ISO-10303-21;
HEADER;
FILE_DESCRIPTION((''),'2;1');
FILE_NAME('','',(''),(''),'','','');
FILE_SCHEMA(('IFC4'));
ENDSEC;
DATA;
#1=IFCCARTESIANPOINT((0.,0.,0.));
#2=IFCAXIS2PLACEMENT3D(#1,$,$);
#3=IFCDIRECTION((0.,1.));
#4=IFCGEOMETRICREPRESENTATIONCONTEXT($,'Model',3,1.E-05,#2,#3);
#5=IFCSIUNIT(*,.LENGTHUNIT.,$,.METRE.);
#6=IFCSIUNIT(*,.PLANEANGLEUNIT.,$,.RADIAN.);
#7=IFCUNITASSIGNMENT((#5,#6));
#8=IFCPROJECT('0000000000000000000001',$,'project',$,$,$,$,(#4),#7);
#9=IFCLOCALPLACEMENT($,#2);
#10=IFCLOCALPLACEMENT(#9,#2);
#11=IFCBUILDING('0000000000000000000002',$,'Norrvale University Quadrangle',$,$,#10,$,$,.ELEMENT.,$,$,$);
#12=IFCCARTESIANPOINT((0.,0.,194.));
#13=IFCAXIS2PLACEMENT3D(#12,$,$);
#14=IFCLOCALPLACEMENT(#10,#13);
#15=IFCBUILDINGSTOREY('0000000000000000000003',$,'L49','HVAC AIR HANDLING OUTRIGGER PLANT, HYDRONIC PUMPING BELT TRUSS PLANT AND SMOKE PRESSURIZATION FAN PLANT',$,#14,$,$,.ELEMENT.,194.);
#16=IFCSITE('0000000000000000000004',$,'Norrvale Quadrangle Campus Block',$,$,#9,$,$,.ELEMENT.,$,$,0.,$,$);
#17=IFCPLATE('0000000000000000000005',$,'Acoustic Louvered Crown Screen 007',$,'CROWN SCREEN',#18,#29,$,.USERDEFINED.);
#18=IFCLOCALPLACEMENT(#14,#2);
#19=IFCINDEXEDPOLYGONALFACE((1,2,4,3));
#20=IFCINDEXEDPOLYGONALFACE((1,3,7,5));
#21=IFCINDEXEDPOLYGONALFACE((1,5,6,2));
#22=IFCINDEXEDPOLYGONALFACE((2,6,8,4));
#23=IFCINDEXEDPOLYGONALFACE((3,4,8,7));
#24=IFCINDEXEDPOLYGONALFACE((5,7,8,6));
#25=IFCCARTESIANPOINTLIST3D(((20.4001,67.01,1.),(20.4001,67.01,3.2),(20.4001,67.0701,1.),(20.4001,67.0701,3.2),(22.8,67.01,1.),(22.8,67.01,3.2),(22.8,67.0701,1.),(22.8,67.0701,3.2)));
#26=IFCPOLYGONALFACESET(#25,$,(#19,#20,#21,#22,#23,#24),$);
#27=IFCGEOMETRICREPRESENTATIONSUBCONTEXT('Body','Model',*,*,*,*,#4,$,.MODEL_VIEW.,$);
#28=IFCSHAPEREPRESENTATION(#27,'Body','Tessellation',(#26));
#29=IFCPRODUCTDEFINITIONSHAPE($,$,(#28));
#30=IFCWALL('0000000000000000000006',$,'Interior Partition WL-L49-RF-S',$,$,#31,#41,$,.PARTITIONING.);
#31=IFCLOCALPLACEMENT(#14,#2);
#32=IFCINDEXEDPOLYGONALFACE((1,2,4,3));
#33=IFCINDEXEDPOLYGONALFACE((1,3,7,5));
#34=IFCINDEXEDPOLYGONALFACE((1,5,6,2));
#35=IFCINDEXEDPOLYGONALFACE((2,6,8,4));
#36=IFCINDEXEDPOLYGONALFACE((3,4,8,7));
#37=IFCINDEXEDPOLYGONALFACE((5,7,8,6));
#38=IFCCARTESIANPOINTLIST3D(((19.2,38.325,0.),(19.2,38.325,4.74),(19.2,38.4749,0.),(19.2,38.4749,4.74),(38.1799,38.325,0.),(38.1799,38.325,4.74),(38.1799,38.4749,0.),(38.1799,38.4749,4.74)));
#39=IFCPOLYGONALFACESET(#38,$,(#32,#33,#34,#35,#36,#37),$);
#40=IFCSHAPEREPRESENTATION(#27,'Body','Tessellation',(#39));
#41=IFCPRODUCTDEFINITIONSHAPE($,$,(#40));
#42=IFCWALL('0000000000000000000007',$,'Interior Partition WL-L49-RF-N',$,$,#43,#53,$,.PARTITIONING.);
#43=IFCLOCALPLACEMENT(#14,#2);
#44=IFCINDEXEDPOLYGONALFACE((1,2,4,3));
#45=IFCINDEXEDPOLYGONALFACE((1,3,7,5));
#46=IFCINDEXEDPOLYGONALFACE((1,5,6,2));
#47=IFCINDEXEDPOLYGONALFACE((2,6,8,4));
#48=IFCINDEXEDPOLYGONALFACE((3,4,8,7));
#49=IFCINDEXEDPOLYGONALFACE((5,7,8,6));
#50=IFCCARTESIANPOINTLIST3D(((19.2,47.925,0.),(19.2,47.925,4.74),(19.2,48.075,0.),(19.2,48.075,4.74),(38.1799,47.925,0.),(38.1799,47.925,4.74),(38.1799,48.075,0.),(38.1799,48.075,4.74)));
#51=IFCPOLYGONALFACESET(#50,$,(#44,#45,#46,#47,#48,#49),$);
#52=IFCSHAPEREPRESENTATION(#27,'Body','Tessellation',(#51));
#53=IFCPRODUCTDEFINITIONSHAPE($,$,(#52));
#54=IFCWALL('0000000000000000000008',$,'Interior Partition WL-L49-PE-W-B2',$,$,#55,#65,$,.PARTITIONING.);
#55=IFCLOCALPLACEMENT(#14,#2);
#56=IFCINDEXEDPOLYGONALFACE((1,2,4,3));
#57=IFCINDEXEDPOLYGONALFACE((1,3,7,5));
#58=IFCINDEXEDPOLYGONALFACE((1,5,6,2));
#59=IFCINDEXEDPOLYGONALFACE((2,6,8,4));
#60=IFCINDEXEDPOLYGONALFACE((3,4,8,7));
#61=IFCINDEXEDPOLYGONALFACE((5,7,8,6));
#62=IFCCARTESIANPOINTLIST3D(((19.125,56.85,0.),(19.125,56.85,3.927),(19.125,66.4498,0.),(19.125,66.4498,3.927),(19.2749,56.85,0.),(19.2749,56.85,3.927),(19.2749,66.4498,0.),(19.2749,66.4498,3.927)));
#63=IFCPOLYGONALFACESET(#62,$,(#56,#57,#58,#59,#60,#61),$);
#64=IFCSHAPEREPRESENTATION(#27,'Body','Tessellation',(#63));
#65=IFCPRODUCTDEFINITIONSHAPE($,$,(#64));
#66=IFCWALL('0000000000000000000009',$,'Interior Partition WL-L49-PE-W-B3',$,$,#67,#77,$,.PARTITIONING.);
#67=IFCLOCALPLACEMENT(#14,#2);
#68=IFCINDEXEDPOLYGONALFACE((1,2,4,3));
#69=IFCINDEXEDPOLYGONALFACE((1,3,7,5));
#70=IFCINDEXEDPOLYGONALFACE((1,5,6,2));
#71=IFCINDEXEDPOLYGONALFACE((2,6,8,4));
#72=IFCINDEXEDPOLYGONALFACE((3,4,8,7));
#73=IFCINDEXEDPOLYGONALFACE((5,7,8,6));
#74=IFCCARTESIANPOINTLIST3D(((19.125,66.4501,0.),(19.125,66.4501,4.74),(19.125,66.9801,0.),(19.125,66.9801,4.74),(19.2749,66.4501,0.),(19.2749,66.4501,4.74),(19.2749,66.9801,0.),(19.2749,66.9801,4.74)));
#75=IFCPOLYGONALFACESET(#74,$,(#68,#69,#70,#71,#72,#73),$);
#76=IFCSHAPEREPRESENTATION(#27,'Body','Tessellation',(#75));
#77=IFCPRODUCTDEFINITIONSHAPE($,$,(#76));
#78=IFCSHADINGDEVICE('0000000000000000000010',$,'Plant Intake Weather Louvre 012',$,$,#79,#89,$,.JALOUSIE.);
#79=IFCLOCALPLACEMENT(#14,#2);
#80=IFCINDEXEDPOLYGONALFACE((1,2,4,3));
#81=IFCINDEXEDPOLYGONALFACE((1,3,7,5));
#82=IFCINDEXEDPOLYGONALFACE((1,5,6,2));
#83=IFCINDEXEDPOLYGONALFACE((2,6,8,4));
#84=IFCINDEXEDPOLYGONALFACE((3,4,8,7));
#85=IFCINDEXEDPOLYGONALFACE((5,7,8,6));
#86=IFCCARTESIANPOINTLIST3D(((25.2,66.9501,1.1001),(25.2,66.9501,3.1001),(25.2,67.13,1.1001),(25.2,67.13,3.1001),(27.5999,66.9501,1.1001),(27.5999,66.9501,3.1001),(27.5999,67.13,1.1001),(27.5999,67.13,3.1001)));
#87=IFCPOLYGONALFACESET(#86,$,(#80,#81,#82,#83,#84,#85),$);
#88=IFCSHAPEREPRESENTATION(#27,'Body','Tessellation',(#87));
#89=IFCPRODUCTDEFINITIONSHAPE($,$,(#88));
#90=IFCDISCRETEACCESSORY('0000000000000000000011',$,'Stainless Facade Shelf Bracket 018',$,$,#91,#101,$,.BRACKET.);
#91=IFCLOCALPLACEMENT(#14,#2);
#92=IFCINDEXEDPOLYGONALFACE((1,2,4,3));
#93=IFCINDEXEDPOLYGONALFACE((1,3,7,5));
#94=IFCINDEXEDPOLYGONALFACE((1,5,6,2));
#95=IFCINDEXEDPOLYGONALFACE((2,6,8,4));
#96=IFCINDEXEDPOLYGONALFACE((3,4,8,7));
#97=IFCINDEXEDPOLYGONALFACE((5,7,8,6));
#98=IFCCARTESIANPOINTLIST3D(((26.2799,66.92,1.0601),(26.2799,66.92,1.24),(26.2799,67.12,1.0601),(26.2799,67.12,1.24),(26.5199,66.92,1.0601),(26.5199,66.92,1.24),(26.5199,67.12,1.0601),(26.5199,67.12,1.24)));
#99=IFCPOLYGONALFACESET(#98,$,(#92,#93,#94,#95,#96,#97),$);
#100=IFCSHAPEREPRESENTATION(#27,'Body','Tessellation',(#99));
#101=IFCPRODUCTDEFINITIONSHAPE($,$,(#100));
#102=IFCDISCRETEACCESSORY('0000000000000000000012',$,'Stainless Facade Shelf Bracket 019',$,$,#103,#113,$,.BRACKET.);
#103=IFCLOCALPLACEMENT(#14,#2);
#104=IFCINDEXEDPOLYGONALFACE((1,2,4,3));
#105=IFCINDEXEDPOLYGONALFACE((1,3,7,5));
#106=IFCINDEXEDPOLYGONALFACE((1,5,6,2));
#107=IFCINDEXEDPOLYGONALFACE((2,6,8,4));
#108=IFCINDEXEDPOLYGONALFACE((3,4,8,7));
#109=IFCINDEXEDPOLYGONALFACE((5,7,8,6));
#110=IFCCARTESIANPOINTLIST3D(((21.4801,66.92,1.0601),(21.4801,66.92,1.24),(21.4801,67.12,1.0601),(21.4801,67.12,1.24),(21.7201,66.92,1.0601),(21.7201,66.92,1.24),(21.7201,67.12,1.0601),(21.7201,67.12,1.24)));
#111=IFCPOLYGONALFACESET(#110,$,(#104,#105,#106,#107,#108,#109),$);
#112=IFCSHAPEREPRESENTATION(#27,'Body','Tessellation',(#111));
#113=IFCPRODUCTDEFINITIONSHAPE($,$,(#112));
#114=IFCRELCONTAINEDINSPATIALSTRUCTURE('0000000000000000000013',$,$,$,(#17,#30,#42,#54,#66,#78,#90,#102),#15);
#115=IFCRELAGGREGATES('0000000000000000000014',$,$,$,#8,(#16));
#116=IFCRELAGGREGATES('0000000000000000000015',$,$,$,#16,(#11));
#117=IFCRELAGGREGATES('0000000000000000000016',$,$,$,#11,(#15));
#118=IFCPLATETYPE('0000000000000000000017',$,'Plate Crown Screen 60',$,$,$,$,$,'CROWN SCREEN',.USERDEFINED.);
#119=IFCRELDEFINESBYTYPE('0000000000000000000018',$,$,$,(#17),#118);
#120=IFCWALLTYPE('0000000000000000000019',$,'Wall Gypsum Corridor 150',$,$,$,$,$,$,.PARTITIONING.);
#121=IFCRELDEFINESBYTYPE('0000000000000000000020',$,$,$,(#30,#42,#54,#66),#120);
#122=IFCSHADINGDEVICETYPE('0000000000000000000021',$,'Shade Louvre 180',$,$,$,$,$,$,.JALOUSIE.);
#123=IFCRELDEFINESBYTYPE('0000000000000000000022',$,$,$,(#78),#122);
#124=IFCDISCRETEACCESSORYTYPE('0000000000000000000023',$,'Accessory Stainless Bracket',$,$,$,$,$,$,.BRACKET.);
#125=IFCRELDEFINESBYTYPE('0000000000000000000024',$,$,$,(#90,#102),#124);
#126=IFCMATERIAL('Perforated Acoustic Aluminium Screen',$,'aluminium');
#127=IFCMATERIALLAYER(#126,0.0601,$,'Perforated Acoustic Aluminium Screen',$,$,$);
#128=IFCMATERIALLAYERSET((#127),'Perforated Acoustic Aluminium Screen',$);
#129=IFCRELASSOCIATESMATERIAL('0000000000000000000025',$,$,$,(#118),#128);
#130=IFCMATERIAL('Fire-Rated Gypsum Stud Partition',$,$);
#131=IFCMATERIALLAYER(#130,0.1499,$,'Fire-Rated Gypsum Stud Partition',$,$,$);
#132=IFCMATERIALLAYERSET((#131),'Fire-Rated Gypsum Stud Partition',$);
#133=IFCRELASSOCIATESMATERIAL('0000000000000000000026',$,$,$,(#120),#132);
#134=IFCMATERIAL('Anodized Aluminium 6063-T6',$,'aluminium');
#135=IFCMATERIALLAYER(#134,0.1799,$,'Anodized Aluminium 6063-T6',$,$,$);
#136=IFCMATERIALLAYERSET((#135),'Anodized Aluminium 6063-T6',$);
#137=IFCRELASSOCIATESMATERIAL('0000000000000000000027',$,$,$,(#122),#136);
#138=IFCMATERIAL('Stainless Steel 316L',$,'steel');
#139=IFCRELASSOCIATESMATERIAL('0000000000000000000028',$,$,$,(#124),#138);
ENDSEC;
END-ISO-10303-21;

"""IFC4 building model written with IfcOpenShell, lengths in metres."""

from ifc_helpers import new_model, si_unit, direction, frame, frame_2d, origin, origin_2d, place, context, subcontext, project, spatial, rectangle, extrude, material, layer, layer_set, type_object, element, save


model = new_model("IFC4")

# Units and contexts
model_context = context("Model", 3, precision=1e-05, world=origin(), true_north=direction((0.0, 1.0)))
body_context = subcontext(model_context, "Body", "Model", "MODEL_VIEW")
ifc_project = project(units=[si_unit("LENGTHUNIT", "METRE"), si_unit("PLANEANGLEUNIT", "RADIAN")], contexts=[model_context])

# Site, building, storey
site_placement = place(None, origin())
site = spatial("IfcSite", under=ifc_project, at=site_placement, Name="Norrvale Quadrangle Campus Block", CompositionType="ELEMENT", RefElevation=0.0)
building_placement = place(site_placement, origin())
building = spatial("IfcBuilding", under=site, at=building_placement, Name="Norrvale University Quadrangle", CompositionType="ELEMENT")
storey_placement = place(building_placement, frame((0.0, 0.0, 194.0)))
storey = spatial("IfcBuildingStorey", under=building, at=storey_placement, Name="L49", Description="HVAC AIR HANDLING OUTRIGGER PLANT, HYDRONIC PUMPING BELT TRUSS PLANT AND SMOKE PRESSURIZATION FAN PLANT", CompositionType="ELEMENT", Elevation=194.0)

# Plate
ifc_material_1 = material(Name="Perforated Acoustic Aluminium Screen", Category="aluminium")
ifc_layer_1 = layer(ifc_material_1, 0.0601, Name="Perforated Acoustic Aluminium Screen")
ifc_layer_set_1 = layer_set([ifc_layer_1], Name="Perforated Acoustic Aluminium Screen")
plate_type = type_object("IfcPlateType", Name="Plate Crown Screen 60", ElementType="CROWN SCREEN", PredefinedType="USERDEFINED", material=ifc_layer_set_1)
plate_placement = place(storey_placement, frame((21.6001, 67.04, 1.0), z_axis=(0.0, 0.0, 1.0), x_axis=(-1.0, 0.0, 0.0)))
element("IfcPlate", 1, at=plate_placement, inside=storey, type_object=plate_type, Name="Acoustic Louvered Crown Screen 007", ObjectType="CROWN SCREEN", PredefinedType="USERDEFINED", context=body_context, shape_type="SweptSolid", body=[
    extrude(rectangle(XDim=2.3999, YDim=0.0601, at=origin_2d()), origin(), (0.0, 0.0, 1.0), 2.2),
])

# Walls
ifc_material_2 = material(Name="Fire-Rated Gypsum Stud Partition")
ifc_layer_2 = layer(ifc_material_2, 0.1499, Name="Fire-Rated Gypsum Stud Partition")
ifc_layer_set_2 = layer_set([ifc_layer_2], Name="Fire-Rated Gypsum Stud Partition")
wall_type = type_object("IfcWallType", Name="Wall Gypsum Corridor 150", PredefinedType="PARTITIONING", material=ifc_layer_set_2)
for number, where, z_axis, x_axis, name in (
    (2, (19.2, 38.3999, 0.0), (0.0, 0.0, 1.0), (1.0, 0.0, 0.0), "Interior Partition WL-L49-RF-S"),
    (3, (19.2, 48.0, 0.0), (0.0, 0.0, 1.0), (1.0, 0.0, 0.0), "Interior Partition WL-L49-RF-N"),
):
    element("IfcWall", number, at=place(storey_placement, frame(where, z_axis=z_axis, x_axis=x_axis)), inside=storey, type_object=wall_type, Name=name, PredefinedType="PARTITIONING", context=body_context, shape_type="SweptSolid", body=[
        extrude(rectangle(XDim=18.98, YDim=0.1499, at=frame_2d((9.49, 0.0))), origin(), (0.0, 0.0, 1.0), 4.74),
    ])
wall_1_placement = place(storey_placement, frame((19.2, 56.8501, 0.0), z_axis=(0.0, 0.0, 1.0), x_axis=(0.0, 1.0, 0.0)))
element("IfcWall", 4, at=wall_1_placement, inside=storey, type_object=wall_type, Name="Interior Partition WL-L49-PE-W-B2", PredefinedType="PARTITIONING", context=body_context, shape_type="SweptSolid", body=[
    extrude(rectangle(XDim=9.5999, YDim=0.1499, at=frame_2d((4.7998, 0.0))), origin(), (0.0, 0.0, 1.0), 3.927),
])
wall_2_placement = place(storey_placement, frame((19.2, 66.45, 0.0), z_axis=(0.0, 0.0, 1.0), x_axis=(0.0, 1.0, 0.0)))
element("IfcWall", 5, at=wall_2_placement, inside=storey, type_object=wall_type, Name="Interior Partition WL-L49-PE-W-B3", PredefinedType="PARTITIONING", context=body_context, shape_type="SweptSolid", body=[
    extrude(rectangle(XDim=0.53, YDim=0.1499, at=frame_2d((0.2651, 0.0))), origin(), (0.0, 0.0, 1.0), 4.74),
])

# Shading device
ifc_material_3 = material(Name="Anodized Aluminium 6063-T6", Category="aluminium")
ifc_layer_3 = layer(ifc_material_3, 0.1799, Name="Anodized Aluminium 6063-T6")
ifc_layer_set_3 = layer_set([ifc_layer_3], Name="Anodized Aluminium 6063-T6")
shading_device_type = type_object("IfcShadingDeviceType", Name="Shade Louvre 180", PredefinedType="JALOUSIE", material=ifc_layer_set_3)
shading_device_placement = place(storey_placement, frame((26.3999, 67.04, 1.1001), z_axis=(0.0, 0.0, 1.0), x_axis=(-1.0, 0.0, 0.0)))
element("IfcShadingDevice", 6, at=shading_device_placement, inside=storey, type_object=shading_device_type, Name="Plant Intake Weather Louvre 012", PredefinedType="JALOUSIE", context=body_context, shape_type="SweptSolid", body=[
    extrude(rectangle(XDim=2.3999, YDim=0.1799, at=origin_2d()), origin(), (0.0, 0.0, 1.0), 2.0),
])

# Discrete accessories
ifc_material_4 = material(Name="Stainless Steel 316L", Category="steel")
discrete_accessory_type = type_object("IfcDiscreteAccessoryType", Name="Accessory Stainless Bracket", PredefinedType="BRACKET", material=ifc_material_4)
for number, where, z_axis, x_axis, name in (
    (7, (26.3999, 67.02, 1.0601), (0.0, 0.0, 1.0), (-1.0, 0.0, 0.0), "Stainless Facade Shelf Bracket 018"),
    (8, (21.6001, 67.02, 1.0601), (0.0, 0.0, 1.0), (-1.0, 0.0, 0.0), "Stainless Facade Shelf Bracket 019"),
):
    element("IfcDiscreteAccessory", number, at=place(storey_placement, frame(where, z_axis=z_axis, x_axis=x_axis)), inside=storey, type_object=discrete_accessory_type, Name=name, PredefinedType="BRACKET", context=body_context, shape_type="SweptSolid", body=[
        extrude(rectangle(XDim=0.24, YDim=0.2, at=origin_2d()), origin(), (0.0, 0.0, 1.0), 0.1799),
    ])

save(model, "model.ifc")
